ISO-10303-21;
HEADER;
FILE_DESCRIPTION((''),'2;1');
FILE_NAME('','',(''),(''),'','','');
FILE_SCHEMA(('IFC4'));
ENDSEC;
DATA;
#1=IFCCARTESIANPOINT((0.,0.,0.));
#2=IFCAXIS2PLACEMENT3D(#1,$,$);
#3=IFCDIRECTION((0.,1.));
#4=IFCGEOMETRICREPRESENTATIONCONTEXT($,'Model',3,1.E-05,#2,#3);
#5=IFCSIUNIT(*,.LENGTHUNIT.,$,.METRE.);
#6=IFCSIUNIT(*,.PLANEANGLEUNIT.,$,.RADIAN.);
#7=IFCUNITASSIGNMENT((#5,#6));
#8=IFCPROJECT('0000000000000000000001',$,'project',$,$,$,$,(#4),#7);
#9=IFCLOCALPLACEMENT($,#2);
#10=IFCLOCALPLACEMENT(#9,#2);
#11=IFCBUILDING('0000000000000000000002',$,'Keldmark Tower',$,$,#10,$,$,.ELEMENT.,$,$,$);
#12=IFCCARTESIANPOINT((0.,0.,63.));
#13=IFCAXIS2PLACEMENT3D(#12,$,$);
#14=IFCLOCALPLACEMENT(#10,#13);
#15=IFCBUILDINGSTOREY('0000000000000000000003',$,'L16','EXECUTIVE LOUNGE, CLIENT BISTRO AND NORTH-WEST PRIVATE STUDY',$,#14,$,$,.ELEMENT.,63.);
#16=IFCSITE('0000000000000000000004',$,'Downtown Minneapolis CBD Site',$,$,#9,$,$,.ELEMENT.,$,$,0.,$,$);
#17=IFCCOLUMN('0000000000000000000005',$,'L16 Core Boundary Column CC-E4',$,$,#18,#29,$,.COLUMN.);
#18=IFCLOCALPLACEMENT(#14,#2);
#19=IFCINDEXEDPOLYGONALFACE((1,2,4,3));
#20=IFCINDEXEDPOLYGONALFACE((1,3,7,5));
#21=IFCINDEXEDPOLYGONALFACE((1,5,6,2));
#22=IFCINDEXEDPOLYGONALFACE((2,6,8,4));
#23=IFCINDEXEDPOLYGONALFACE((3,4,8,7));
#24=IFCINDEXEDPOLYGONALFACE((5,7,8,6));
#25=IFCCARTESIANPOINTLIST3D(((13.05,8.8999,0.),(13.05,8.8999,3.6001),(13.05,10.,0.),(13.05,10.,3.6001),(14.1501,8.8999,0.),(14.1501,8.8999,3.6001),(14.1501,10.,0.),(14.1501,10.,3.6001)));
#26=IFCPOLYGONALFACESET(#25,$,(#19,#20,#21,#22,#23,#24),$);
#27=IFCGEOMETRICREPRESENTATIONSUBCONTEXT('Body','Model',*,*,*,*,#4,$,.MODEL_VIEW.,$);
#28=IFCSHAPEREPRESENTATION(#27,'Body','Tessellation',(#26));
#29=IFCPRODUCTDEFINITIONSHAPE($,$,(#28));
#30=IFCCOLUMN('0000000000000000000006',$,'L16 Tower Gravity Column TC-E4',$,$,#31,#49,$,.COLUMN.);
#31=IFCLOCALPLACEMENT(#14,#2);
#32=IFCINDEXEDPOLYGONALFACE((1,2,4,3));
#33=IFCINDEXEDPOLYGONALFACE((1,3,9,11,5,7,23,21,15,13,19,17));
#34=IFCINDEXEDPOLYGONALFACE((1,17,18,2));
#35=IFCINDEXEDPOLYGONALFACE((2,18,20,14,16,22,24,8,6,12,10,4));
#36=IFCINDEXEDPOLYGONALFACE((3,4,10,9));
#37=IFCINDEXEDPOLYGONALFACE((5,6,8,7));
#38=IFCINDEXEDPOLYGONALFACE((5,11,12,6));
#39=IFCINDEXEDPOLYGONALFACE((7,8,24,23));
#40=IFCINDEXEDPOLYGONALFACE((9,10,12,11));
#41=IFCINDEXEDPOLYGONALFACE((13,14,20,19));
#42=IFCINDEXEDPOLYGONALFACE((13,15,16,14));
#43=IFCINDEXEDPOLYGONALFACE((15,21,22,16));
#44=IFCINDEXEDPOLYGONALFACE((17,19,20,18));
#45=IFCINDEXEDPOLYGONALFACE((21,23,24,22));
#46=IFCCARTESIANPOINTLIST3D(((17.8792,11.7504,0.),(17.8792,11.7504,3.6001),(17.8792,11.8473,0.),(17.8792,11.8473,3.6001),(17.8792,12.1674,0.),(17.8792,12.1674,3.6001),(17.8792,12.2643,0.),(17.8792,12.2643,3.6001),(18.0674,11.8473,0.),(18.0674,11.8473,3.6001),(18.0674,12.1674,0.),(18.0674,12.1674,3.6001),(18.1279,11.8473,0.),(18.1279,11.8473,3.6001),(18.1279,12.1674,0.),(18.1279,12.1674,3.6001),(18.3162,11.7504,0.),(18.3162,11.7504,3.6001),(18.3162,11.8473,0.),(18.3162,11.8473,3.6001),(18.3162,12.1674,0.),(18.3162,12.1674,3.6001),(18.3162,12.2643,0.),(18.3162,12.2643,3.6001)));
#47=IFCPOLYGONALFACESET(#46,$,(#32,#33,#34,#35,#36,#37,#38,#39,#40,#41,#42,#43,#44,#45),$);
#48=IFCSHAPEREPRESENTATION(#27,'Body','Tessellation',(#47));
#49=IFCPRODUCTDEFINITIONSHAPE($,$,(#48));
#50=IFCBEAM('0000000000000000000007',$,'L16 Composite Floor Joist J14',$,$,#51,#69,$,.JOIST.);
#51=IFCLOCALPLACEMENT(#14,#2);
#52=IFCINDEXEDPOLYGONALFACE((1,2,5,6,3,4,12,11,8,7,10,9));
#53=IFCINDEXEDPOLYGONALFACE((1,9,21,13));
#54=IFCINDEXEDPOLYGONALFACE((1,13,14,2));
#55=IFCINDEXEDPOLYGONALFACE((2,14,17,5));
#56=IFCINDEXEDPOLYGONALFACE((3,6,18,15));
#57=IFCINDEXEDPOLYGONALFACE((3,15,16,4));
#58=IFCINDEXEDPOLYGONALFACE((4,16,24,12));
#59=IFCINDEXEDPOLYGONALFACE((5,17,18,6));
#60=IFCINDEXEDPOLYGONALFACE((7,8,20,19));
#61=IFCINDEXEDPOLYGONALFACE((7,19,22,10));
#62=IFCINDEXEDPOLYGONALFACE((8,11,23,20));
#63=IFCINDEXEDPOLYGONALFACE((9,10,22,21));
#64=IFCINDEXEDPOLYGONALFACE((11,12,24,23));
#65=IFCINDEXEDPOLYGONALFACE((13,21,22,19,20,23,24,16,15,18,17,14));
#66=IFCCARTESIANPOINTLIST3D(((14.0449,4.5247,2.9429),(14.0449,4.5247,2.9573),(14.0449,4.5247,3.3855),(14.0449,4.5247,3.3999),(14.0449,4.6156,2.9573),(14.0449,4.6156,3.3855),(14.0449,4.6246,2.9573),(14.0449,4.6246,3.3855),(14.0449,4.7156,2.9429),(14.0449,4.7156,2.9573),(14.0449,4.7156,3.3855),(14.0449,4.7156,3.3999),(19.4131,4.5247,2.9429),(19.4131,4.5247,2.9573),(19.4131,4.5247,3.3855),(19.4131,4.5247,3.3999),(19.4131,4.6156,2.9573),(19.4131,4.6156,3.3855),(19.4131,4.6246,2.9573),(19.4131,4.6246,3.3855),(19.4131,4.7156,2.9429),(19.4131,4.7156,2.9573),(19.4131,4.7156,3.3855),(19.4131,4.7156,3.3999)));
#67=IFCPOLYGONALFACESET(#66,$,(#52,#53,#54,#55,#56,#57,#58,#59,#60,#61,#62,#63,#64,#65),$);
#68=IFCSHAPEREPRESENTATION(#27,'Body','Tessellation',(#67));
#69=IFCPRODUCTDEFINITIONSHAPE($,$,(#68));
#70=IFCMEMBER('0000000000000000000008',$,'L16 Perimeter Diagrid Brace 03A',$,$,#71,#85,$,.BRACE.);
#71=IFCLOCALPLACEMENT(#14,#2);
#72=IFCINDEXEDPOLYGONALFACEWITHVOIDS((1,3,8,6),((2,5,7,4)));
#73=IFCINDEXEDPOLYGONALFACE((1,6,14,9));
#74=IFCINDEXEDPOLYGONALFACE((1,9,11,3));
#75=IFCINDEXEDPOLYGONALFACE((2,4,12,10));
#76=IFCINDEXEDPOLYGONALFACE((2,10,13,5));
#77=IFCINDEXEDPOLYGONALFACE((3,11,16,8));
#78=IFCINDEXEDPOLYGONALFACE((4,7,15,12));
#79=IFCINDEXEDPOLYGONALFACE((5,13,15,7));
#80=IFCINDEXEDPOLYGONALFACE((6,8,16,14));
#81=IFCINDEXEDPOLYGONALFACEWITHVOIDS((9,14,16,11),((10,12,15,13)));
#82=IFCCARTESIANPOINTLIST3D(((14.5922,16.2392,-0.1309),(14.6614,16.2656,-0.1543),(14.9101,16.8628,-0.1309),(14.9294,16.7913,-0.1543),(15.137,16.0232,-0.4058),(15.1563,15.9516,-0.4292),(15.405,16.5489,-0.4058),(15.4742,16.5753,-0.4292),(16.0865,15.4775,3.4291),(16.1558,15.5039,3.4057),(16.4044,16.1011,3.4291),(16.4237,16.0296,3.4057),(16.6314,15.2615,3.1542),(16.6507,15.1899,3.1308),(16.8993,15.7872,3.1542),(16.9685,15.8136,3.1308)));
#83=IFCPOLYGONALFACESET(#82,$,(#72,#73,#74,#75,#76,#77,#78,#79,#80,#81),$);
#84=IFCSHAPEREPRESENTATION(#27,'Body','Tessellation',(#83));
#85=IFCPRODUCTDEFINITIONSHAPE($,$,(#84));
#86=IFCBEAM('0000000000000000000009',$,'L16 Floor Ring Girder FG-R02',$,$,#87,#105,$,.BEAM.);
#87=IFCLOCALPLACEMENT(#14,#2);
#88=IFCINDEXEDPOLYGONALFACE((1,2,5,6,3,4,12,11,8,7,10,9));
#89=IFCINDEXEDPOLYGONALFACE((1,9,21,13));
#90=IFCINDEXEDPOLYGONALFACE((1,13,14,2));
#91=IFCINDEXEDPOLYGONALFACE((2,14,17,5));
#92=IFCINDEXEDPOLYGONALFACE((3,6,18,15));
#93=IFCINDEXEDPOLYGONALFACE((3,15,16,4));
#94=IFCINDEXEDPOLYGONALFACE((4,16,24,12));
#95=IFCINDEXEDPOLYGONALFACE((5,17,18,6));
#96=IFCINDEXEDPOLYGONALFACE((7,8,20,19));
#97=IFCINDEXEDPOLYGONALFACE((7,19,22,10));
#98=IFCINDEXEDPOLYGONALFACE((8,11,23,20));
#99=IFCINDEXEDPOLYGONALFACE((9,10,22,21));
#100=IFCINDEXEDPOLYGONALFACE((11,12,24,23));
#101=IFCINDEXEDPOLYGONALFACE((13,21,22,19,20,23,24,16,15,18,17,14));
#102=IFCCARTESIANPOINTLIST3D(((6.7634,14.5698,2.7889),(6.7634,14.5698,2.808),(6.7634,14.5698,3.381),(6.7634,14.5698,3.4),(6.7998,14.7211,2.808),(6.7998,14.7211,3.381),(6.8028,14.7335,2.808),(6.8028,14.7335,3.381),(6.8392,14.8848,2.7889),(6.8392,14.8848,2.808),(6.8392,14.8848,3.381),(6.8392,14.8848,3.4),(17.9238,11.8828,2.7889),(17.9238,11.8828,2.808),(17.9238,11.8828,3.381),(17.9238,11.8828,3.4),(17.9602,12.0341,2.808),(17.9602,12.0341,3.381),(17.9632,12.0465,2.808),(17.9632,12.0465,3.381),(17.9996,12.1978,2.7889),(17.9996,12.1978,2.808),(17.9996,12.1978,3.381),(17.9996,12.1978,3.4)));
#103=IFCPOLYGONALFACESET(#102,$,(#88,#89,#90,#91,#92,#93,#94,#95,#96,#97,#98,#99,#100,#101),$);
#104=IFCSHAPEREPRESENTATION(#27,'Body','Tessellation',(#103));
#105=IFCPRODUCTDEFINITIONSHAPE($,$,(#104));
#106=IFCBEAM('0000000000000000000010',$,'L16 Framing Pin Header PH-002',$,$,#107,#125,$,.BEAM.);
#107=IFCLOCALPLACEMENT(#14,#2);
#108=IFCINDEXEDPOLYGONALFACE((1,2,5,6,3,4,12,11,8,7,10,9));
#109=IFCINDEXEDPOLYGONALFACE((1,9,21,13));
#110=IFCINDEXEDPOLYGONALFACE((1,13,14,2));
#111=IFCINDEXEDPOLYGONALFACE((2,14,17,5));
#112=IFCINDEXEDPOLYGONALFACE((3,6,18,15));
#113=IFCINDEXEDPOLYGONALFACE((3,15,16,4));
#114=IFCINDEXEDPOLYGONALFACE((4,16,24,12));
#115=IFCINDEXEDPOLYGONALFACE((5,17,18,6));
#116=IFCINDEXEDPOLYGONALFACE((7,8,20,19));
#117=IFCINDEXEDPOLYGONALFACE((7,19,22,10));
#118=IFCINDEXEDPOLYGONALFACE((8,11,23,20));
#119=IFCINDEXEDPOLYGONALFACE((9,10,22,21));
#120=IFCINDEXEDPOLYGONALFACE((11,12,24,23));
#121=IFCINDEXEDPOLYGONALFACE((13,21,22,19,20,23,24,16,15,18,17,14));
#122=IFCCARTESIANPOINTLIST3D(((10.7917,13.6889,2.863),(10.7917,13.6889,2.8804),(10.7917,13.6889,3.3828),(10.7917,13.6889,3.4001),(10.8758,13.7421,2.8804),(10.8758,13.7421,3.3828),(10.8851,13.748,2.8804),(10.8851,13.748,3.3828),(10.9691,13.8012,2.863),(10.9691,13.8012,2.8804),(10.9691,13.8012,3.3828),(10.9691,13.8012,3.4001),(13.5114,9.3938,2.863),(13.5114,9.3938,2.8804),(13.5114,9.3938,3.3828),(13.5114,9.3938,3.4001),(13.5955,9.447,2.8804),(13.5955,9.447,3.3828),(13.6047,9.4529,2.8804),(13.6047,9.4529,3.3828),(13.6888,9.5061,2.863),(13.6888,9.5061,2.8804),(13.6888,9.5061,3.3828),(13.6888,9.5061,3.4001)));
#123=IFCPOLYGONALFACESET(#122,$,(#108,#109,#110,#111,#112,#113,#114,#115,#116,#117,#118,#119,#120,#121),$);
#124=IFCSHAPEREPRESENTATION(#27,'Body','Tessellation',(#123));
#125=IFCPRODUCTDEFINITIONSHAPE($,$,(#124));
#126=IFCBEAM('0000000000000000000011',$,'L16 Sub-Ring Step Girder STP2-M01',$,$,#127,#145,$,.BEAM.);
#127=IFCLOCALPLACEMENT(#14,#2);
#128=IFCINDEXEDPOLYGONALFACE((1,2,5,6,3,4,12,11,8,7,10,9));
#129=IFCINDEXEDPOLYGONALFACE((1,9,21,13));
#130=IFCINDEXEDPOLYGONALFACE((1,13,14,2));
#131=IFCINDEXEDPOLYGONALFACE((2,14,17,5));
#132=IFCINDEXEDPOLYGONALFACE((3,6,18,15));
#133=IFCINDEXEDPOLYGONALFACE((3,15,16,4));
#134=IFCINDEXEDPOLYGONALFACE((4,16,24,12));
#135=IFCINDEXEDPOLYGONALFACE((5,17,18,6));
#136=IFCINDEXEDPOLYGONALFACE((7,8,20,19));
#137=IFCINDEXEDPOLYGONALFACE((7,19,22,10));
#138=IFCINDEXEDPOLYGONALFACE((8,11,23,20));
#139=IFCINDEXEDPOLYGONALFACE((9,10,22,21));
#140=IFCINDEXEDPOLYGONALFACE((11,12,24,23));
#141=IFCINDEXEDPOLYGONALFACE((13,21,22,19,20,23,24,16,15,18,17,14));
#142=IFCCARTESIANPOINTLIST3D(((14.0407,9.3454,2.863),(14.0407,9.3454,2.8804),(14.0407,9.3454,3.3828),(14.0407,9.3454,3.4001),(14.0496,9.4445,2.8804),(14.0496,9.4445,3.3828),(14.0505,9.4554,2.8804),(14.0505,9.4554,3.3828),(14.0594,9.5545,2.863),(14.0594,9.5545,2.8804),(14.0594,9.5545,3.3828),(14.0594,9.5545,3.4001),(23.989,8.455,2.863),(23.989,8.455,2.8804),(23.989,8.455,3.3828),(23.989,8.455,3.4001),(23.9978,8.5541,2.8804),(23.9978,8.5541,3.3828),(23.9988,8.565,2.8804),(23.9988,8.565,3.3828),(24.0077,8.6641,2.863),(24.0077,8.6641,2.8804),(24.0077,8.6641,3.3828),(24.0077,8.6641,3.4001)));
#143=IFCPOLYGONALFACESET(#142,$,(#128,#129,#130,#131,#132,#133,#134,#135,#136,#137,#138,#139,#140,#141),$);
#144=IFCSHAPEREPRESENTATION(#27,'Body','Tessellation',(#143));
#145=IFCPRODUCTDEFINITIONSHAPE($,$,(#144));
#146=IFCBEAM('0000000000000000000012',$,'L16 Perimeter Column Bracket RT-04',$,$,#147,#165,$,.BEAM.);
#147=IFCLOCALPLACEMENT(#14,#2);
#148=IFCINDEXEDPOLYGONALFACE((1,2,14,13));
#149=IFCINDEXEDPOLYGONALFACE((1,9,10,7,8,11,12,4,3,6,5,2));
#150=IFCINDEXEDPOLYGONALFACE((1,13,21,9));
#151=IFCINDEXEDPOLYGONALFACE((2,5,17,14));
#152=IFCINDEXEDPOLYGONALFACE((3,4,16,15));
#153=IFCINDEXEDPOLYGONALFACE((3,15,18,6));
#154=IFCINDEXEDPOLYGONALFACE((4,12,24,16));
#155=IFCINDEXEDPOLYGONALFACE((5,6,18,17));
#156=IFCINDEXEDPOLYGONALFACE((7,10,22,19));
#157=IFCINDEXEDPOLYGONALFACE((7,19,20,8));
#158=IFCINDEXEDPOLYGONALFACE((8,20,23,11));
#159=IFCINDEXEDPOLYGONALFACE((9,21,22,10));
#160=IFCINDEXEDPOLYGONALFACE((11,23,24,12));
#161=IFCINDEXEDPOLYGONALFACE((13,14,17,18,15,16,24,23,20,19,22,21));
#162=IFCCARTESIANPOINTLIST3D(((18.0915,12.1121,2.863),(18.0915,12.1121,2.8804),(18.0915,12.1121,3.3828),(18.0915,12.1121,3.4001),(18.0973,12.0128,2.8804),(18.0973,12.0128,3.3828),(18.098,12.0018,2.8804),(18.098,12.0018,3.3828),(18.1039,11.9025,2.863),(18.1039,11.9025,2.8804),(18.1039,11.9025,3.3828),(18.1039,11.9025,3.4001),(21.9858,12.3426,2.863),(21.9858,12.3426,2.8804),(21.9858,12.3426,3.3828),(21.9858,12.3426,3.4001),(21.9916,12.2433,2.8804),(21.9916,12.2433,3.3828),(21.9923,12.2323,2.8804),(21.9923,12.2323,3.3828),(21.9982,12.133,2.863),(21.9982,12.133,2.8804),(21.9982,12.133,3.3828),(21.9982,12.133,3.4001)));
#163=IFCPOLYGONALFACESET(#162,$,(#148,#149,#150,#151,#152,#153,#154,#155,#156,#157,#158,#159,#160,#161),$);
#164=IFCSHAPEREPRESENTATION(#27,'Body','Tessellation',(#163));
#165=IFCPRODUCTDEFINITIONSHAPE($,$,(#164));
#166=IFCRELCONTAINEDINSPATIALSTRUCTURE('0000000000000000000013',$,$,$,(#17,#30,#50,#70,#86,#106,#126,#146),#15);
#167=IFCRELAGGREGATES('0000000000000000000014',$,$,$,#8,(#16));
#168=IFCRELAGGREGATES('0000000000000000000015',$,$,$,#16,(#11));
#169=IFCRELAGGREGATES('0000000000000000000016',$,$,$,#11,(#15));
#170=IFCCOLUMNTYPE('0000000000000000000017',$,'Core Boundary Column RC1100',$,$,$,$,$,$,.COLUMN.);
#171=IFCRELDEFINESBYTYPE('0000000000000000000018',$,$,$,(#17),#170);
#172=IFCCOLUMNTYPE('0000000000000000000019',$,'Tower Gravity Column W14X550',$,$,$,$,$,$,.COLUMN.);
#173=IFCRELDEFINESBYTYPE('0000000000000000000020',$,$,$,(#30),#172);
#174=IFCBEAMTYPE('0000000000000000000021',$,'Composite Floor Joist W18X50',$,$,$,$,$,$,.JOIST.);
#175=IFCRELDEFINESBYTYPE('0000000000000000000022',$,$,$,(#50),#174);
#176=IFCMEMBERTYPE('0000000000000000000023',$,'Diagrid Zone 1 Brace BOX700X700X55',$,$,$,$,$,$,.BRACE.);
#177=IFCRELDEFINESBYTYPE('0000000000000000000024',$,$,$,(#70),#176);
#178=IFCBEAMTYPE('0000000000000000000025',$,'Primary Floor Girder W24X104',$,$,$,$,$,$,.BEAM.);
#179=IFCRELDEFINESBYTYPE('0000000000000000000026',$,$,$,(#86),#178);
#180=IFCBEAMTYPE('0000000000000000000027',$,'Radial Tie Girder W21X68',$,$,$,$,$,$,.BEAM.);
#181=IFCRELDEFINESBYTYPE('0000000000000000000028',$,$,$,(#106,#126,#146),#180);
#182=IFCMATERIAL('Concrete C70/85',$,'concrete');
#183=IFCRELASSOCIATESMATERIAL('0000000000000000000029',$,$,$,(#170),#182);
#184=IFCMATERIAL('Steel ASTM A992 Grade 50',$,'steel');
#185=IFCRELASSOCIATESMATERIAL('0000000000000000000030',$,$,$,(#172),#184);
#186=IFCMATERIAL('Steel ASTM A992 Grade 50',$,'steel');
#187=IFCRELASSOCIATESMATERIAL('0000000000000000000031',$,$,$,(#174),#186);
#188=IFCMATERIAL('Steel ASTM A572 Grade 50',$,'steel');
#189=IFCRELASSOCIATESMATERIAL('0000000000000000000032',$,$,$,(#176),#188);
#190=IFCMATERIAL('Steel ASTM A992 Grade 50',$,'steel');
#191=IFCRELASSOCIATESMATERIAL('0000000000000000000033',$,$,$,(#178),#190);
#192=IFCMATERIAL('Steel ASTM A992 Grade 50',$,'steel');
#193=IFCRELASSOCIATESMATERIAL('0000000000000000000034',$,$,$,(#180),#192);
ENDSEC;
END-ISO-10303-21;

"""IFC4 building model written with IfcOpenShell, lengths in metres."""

from ifc_helpers import new_model, si_unit, direction, frame, origin, origin_2d, place, context, subcontext, project, spatial, rectangle, hollow_rectangle, i_section, extrude, material, material_profile, profile_set, type_object, element, save


model = new_model("IFC4")

# Units and contexts
model_context = context("Model", 3, precision=1e-05, world=origin(), true_north=direction((0.0, 1.0)))
body_context = subcontext(model_context, "Body", "Model", "MODEL_VIEW")
ifc_project = project(units=[si_unit("LENGTHUNIT", "METRE"), si_unit("PLANEANGLEUNIT", "RADIAN")], contexts=[model_context])

# Site, building, storey
site_placement = place(None, origin())
site = spatial("IfcSite", under=ifc_project, at=site_placement, Name="Downtown Minneapolis CBD Site", CompositionType="ELEMENT", RefElevation=0.0)
building_placement = place(site_placement, origin())
building = spatial("IfcBuilding", under=site, at=building_placement, Name="Keldmark Tower", CompositionType="ELEMENT")
storey_placement = place(building_placement, frame((0.0, 0.0, 63.0)))
storey = spatial("IfcBuildingStorey", under=building, at=storey_placement, Name="L16", Description="EXECUTIVE LOUNGE, CLIENT BISTRO AND NORTH-WEST PRIVATE STUDY", CompositionType="ELEMENT", Elevation=63.0)

# Columns
ifc_material_1 = material(Name="Concrete C70/85", Category="concrete")
ifc_material_profile_1 = material_profile(ifc_material_1, rectangle(XDim=1.1001, YDim=1.1001, at=origin_2d()), Name="RC1100X1100")
ifc_profile_set_1 = profile_set([ifc_material_profile_1], Name="Concrete C70/85")
column_type_1 = type_object("IfcColumnType", Name="Core Boundary Column RC1100", PredefinedType="COLUMN", material=ifc_profile_set_1)
column_1_placement = place(storey_placement, frame((13.6001, 9.45, 0.0), z_axis=(0.0, 0.0, 1.0), x_axis=(1.0, 0.0, 0.0)))
element("IfcColumn", 1, at=column_1_placement, inside=storey, type_object=column_type_1, Name="L16 Core Boundary Column CC-E4", PredefinedType="COLUMN", context=body_context, shape_type="SweptSolid", body=[
    extrude(rectangle(XDim=1.1001, YDim=1.1001, at=origin_2d()), origin(), (0.0, 0.0, 1.0), 3.6001),
])
ifc_material_2 = material(Name="Steel ASTM A992 Grade 50", Category="steel")
ifc_material_profile_2 = material_profile(ifc_material_2, i_section(OverallWidth=0.437, OverallDepth=0.5139, WebThickness=0.0605, FlangeThickness=0.0969, at=origin_2d()), Name="W14X550")
ifc_profile_set_2 = profile_set([ifc_material_profile_2], Name="Steel ASTM A992 Grade 50")
column_type_2 = type_object("IfcColumnType", Name="Tower Gravity Column W14X550", PredefinedType="COLUMN", material=ifc_profile_set_2)
column_2_placement = place(storey_placement, frame((18.0977, 12.0073, 0.0), z_axis=(0.0, 0.0, 1.0), x_axis=(1.0, 0.0, 0.0)))
element("IfcColumn", 2, at=column_2_placement, inside=storey, type_object=column_type_2, Name="L16 Tower Gravity Column TC-E4", PredefinedType="COLUMN", context=body_context, shape_type="SweptSolid", body=[
    extrude(i_section(OverallWidth=0.437, OverallDepth=0.5139, WebThickness=0.0605, FlangeThickness=0.0969, at=origin_2d()), origin(), (0.0, 0.0, 1.0), 3.6001),
])

# Beam
ifc_material_3 = material(Name="Steel ASTM A992 Grade 50", Category="steel")
ifc_material_profile_3 = material_profile(ifc_material_3, i_section(OverallWidth=0.1909, OverallDepth=0.457, WebThickness=0.009, FlangeThickness=0.0144, at=origin_2d()), Name="W18X50")
ifc_profile_set_3 = profile_set([ifc_material_profile_3], Name="Steel ASTM A992 Grade 50")
beam_type_1 = type_object("IfcBeamType", Name="Composite Floor Joist W18X50", PredefinedType="JOIST", material=ifc_profile_set_3)
beam_1_placement = place(storey_placement, frame((14.0449, 4.6201, 3.1714), z_axis=(1.0, 0.0, 0.0), x_axis=(0.0, 1.0, 0.0)))
element("IfcBeam", 3, at=beam_1_placement, inside=storey, type_object=beam_type_1, Name="L16 Composite Floor Joist J14", PredefinedType="JOIST", context=body_context, shape_type="SweptSolid", body=[
    extrude(i_section(OverallWidth=0.1909, OverallDepth=0.457, WebThickness=0.009, FlangeThickness=0.0144, at=origin_2d()), origin(), (0.0, 0.0, 1.0), 5.3682),
])

# Member
ifc_material_4 = material(Name="Steel ASTM A572 Grade 50", Category="steel")
ifc_material_profile_4 = material_profile(ifc_material_4, hollow_rectangle(XDim=0.7, YDim=0.7, WallThickness=0.0549, at=origin_2d()), Name="BOX700X700X55")
ifc_profile_set_4 = profile_set([ifc_material_profile_4], Name="Steel ASTM A572 Grade 50")
member_type = type_object("IfcMemberType", Name="Diagrid Zone 1 Brace BOX700X700X55", PredefinedType="BRACE", material=ifc_profile_set_4)
member_placement = place(storey_placement, frame((15.0332, 16.4072, -0.28), z_axis=(0.379728, -0.193555, 0.904623), x_axis=(0.454129, 0.890936, 0.0)))
element("IfcMember", 4, at=member_placement, inside=storey, type_object=member_type, Name="L16 Perimeter Diagrid Brace 03A", PredefinedType="BRACE", context=body_context, shape_type="SweptSolid", body=[
    extrude(hollow_rectangle(XDim=0.7, YDim=0.7, WallThickness=0.0549, at=origin_2d()), origin(), (0.0, 0.0, 1.0), 3.9353),
])

# Beams
ifc_material_5 = material(Name="Steel ASTM A992 Grade 50", Category="steel")
ifc_material_profile_5 = material_profile(ifc_material_5, i_section(OverallWidth=0.324, OverallDepth=0.6111, WebThickness=0.0127, FlangeThickness=0.019, at=origin_2d()), Name="W24X104")
ifc_profile_set_5 = profile_set([ifc_material_profile_5], Name="Steel ASTM A992 Grade 50")
beam_type_2 = type_object("IfcBeamType", Name="Primary Floor Girder W24X104", PredefinedType="BEAM", material=ifc_profile_set_5)
beam_2_placement = place(storey_placement, frame((17.9617, 12.0403, 3.0945), z_axis=(-0.972219, 0.234074, 0.0), x_axis=(-0.234074, -0.972219, 0.0)))
element("IfcBeam", 5, at=beam_2_placement, inside=storey, type_object=beam_type_2, Name="L16 Floor Ring Girder FG-R02", PredefinedType="BEAM", context=body_context, shape_type="SweptSolid", body=[
    extrude(i_section(OverallWidth=0.324, OverallDepth=0.6111, WebThickness=0.0127, FlangeThickness=0.019, at=origin_2d()), origin(), (0.0, 0.0, 1.0), 11.4792),
])
ifc_material_6 = material(Name="Steel ASTM A992 Grade 50", Category="steel")
ifc_material_profile_6 = material_profile(ifc_material_6, i_section(OverallWidth=0.21, OverallDepth=0.5371, WebThickness=0.011, FlangeThickness=0.0173, at=origin_2d()), Name="W21X68")
ifc_profile_set_6 = profile_set([ifc_material_profile_6], Name="Steel ASTM A992 Grade 50")
beam_type_3 = type_object("IfcBeamType", Name="Radial Tie Girder W21X68", PredefinedType="BEAM", material=ifc_profile_set_6)
beam_3_placement = place(storey_placement, frame((13.6001, 9.45, 3.1316), z_axis=(-0.534976, 0.844868, 0.0), x_axis=(-0.844868, -0.534976, 0.0)))
element("IfcBeam", 6, at=beam_3_placement, inside=storey, type_object=beam_type_3, Name="L16 Framing Pin Header PH-002", PredefinedType="BEAM", context=body_context, shape_type="SweptSolid", body=[
    extrude(i_section(OverallWidth=0.21, OverallDepth=0.5371, WebThickness=0.011, FlangeThickness=0.0173, at=origin_2d()), origin(), (0.0, 0.0, 1.0), 5.0837),
])
beam_4_placement = place(storey_placement, frame((14.05, 9.45, 3.1316), z_axis=(0.996019, -0.089145, 0.0), x_axis=(0.089145, 0.996019, 0.0)))
element("IfcBeam", 7, at=beam_4_placement, inside=storey, type_object=beam_type_3, Name="L16 Sub-Ring Step Girder STP2-M01", PredefinedType="BEAM", context=body_context, shape_type="SweptSolid", body=[
    extrude(i_section(OverallWidth=0.21, OverallDepth=0.5371, WebThickness=0.011, FlangeThickness=0.0173, at=origin_2d()), origin(), (0.0, 0.0, 1.0), 9.988),
])
beam_5_placement = place(storey_placement, frame((18.0977, 12.0073, 3.1316), z_axis=(0.998253, 0.059078, 0.0), x_axis=(-0.059078, 0.998253, 0.0)))
element("IfcBeam", 8, at=beam_5_placement, inside=storey, type_object=beam_type_3, Name="L16 Perimeter Column Bracket RT-04", PredefinedType="BEAM", context=body_context, shape_type="SweptSolid", body=[
    extrude(i_section(OverallWidth=0.21, OverallDepth=0.5371, WebThickness=0.011, FlangeThickness=0.0173, at=origin_2d()), origin(), (0.0, 0.0, 1.0), 3.9011),
])

save(model, "model.ifc")
